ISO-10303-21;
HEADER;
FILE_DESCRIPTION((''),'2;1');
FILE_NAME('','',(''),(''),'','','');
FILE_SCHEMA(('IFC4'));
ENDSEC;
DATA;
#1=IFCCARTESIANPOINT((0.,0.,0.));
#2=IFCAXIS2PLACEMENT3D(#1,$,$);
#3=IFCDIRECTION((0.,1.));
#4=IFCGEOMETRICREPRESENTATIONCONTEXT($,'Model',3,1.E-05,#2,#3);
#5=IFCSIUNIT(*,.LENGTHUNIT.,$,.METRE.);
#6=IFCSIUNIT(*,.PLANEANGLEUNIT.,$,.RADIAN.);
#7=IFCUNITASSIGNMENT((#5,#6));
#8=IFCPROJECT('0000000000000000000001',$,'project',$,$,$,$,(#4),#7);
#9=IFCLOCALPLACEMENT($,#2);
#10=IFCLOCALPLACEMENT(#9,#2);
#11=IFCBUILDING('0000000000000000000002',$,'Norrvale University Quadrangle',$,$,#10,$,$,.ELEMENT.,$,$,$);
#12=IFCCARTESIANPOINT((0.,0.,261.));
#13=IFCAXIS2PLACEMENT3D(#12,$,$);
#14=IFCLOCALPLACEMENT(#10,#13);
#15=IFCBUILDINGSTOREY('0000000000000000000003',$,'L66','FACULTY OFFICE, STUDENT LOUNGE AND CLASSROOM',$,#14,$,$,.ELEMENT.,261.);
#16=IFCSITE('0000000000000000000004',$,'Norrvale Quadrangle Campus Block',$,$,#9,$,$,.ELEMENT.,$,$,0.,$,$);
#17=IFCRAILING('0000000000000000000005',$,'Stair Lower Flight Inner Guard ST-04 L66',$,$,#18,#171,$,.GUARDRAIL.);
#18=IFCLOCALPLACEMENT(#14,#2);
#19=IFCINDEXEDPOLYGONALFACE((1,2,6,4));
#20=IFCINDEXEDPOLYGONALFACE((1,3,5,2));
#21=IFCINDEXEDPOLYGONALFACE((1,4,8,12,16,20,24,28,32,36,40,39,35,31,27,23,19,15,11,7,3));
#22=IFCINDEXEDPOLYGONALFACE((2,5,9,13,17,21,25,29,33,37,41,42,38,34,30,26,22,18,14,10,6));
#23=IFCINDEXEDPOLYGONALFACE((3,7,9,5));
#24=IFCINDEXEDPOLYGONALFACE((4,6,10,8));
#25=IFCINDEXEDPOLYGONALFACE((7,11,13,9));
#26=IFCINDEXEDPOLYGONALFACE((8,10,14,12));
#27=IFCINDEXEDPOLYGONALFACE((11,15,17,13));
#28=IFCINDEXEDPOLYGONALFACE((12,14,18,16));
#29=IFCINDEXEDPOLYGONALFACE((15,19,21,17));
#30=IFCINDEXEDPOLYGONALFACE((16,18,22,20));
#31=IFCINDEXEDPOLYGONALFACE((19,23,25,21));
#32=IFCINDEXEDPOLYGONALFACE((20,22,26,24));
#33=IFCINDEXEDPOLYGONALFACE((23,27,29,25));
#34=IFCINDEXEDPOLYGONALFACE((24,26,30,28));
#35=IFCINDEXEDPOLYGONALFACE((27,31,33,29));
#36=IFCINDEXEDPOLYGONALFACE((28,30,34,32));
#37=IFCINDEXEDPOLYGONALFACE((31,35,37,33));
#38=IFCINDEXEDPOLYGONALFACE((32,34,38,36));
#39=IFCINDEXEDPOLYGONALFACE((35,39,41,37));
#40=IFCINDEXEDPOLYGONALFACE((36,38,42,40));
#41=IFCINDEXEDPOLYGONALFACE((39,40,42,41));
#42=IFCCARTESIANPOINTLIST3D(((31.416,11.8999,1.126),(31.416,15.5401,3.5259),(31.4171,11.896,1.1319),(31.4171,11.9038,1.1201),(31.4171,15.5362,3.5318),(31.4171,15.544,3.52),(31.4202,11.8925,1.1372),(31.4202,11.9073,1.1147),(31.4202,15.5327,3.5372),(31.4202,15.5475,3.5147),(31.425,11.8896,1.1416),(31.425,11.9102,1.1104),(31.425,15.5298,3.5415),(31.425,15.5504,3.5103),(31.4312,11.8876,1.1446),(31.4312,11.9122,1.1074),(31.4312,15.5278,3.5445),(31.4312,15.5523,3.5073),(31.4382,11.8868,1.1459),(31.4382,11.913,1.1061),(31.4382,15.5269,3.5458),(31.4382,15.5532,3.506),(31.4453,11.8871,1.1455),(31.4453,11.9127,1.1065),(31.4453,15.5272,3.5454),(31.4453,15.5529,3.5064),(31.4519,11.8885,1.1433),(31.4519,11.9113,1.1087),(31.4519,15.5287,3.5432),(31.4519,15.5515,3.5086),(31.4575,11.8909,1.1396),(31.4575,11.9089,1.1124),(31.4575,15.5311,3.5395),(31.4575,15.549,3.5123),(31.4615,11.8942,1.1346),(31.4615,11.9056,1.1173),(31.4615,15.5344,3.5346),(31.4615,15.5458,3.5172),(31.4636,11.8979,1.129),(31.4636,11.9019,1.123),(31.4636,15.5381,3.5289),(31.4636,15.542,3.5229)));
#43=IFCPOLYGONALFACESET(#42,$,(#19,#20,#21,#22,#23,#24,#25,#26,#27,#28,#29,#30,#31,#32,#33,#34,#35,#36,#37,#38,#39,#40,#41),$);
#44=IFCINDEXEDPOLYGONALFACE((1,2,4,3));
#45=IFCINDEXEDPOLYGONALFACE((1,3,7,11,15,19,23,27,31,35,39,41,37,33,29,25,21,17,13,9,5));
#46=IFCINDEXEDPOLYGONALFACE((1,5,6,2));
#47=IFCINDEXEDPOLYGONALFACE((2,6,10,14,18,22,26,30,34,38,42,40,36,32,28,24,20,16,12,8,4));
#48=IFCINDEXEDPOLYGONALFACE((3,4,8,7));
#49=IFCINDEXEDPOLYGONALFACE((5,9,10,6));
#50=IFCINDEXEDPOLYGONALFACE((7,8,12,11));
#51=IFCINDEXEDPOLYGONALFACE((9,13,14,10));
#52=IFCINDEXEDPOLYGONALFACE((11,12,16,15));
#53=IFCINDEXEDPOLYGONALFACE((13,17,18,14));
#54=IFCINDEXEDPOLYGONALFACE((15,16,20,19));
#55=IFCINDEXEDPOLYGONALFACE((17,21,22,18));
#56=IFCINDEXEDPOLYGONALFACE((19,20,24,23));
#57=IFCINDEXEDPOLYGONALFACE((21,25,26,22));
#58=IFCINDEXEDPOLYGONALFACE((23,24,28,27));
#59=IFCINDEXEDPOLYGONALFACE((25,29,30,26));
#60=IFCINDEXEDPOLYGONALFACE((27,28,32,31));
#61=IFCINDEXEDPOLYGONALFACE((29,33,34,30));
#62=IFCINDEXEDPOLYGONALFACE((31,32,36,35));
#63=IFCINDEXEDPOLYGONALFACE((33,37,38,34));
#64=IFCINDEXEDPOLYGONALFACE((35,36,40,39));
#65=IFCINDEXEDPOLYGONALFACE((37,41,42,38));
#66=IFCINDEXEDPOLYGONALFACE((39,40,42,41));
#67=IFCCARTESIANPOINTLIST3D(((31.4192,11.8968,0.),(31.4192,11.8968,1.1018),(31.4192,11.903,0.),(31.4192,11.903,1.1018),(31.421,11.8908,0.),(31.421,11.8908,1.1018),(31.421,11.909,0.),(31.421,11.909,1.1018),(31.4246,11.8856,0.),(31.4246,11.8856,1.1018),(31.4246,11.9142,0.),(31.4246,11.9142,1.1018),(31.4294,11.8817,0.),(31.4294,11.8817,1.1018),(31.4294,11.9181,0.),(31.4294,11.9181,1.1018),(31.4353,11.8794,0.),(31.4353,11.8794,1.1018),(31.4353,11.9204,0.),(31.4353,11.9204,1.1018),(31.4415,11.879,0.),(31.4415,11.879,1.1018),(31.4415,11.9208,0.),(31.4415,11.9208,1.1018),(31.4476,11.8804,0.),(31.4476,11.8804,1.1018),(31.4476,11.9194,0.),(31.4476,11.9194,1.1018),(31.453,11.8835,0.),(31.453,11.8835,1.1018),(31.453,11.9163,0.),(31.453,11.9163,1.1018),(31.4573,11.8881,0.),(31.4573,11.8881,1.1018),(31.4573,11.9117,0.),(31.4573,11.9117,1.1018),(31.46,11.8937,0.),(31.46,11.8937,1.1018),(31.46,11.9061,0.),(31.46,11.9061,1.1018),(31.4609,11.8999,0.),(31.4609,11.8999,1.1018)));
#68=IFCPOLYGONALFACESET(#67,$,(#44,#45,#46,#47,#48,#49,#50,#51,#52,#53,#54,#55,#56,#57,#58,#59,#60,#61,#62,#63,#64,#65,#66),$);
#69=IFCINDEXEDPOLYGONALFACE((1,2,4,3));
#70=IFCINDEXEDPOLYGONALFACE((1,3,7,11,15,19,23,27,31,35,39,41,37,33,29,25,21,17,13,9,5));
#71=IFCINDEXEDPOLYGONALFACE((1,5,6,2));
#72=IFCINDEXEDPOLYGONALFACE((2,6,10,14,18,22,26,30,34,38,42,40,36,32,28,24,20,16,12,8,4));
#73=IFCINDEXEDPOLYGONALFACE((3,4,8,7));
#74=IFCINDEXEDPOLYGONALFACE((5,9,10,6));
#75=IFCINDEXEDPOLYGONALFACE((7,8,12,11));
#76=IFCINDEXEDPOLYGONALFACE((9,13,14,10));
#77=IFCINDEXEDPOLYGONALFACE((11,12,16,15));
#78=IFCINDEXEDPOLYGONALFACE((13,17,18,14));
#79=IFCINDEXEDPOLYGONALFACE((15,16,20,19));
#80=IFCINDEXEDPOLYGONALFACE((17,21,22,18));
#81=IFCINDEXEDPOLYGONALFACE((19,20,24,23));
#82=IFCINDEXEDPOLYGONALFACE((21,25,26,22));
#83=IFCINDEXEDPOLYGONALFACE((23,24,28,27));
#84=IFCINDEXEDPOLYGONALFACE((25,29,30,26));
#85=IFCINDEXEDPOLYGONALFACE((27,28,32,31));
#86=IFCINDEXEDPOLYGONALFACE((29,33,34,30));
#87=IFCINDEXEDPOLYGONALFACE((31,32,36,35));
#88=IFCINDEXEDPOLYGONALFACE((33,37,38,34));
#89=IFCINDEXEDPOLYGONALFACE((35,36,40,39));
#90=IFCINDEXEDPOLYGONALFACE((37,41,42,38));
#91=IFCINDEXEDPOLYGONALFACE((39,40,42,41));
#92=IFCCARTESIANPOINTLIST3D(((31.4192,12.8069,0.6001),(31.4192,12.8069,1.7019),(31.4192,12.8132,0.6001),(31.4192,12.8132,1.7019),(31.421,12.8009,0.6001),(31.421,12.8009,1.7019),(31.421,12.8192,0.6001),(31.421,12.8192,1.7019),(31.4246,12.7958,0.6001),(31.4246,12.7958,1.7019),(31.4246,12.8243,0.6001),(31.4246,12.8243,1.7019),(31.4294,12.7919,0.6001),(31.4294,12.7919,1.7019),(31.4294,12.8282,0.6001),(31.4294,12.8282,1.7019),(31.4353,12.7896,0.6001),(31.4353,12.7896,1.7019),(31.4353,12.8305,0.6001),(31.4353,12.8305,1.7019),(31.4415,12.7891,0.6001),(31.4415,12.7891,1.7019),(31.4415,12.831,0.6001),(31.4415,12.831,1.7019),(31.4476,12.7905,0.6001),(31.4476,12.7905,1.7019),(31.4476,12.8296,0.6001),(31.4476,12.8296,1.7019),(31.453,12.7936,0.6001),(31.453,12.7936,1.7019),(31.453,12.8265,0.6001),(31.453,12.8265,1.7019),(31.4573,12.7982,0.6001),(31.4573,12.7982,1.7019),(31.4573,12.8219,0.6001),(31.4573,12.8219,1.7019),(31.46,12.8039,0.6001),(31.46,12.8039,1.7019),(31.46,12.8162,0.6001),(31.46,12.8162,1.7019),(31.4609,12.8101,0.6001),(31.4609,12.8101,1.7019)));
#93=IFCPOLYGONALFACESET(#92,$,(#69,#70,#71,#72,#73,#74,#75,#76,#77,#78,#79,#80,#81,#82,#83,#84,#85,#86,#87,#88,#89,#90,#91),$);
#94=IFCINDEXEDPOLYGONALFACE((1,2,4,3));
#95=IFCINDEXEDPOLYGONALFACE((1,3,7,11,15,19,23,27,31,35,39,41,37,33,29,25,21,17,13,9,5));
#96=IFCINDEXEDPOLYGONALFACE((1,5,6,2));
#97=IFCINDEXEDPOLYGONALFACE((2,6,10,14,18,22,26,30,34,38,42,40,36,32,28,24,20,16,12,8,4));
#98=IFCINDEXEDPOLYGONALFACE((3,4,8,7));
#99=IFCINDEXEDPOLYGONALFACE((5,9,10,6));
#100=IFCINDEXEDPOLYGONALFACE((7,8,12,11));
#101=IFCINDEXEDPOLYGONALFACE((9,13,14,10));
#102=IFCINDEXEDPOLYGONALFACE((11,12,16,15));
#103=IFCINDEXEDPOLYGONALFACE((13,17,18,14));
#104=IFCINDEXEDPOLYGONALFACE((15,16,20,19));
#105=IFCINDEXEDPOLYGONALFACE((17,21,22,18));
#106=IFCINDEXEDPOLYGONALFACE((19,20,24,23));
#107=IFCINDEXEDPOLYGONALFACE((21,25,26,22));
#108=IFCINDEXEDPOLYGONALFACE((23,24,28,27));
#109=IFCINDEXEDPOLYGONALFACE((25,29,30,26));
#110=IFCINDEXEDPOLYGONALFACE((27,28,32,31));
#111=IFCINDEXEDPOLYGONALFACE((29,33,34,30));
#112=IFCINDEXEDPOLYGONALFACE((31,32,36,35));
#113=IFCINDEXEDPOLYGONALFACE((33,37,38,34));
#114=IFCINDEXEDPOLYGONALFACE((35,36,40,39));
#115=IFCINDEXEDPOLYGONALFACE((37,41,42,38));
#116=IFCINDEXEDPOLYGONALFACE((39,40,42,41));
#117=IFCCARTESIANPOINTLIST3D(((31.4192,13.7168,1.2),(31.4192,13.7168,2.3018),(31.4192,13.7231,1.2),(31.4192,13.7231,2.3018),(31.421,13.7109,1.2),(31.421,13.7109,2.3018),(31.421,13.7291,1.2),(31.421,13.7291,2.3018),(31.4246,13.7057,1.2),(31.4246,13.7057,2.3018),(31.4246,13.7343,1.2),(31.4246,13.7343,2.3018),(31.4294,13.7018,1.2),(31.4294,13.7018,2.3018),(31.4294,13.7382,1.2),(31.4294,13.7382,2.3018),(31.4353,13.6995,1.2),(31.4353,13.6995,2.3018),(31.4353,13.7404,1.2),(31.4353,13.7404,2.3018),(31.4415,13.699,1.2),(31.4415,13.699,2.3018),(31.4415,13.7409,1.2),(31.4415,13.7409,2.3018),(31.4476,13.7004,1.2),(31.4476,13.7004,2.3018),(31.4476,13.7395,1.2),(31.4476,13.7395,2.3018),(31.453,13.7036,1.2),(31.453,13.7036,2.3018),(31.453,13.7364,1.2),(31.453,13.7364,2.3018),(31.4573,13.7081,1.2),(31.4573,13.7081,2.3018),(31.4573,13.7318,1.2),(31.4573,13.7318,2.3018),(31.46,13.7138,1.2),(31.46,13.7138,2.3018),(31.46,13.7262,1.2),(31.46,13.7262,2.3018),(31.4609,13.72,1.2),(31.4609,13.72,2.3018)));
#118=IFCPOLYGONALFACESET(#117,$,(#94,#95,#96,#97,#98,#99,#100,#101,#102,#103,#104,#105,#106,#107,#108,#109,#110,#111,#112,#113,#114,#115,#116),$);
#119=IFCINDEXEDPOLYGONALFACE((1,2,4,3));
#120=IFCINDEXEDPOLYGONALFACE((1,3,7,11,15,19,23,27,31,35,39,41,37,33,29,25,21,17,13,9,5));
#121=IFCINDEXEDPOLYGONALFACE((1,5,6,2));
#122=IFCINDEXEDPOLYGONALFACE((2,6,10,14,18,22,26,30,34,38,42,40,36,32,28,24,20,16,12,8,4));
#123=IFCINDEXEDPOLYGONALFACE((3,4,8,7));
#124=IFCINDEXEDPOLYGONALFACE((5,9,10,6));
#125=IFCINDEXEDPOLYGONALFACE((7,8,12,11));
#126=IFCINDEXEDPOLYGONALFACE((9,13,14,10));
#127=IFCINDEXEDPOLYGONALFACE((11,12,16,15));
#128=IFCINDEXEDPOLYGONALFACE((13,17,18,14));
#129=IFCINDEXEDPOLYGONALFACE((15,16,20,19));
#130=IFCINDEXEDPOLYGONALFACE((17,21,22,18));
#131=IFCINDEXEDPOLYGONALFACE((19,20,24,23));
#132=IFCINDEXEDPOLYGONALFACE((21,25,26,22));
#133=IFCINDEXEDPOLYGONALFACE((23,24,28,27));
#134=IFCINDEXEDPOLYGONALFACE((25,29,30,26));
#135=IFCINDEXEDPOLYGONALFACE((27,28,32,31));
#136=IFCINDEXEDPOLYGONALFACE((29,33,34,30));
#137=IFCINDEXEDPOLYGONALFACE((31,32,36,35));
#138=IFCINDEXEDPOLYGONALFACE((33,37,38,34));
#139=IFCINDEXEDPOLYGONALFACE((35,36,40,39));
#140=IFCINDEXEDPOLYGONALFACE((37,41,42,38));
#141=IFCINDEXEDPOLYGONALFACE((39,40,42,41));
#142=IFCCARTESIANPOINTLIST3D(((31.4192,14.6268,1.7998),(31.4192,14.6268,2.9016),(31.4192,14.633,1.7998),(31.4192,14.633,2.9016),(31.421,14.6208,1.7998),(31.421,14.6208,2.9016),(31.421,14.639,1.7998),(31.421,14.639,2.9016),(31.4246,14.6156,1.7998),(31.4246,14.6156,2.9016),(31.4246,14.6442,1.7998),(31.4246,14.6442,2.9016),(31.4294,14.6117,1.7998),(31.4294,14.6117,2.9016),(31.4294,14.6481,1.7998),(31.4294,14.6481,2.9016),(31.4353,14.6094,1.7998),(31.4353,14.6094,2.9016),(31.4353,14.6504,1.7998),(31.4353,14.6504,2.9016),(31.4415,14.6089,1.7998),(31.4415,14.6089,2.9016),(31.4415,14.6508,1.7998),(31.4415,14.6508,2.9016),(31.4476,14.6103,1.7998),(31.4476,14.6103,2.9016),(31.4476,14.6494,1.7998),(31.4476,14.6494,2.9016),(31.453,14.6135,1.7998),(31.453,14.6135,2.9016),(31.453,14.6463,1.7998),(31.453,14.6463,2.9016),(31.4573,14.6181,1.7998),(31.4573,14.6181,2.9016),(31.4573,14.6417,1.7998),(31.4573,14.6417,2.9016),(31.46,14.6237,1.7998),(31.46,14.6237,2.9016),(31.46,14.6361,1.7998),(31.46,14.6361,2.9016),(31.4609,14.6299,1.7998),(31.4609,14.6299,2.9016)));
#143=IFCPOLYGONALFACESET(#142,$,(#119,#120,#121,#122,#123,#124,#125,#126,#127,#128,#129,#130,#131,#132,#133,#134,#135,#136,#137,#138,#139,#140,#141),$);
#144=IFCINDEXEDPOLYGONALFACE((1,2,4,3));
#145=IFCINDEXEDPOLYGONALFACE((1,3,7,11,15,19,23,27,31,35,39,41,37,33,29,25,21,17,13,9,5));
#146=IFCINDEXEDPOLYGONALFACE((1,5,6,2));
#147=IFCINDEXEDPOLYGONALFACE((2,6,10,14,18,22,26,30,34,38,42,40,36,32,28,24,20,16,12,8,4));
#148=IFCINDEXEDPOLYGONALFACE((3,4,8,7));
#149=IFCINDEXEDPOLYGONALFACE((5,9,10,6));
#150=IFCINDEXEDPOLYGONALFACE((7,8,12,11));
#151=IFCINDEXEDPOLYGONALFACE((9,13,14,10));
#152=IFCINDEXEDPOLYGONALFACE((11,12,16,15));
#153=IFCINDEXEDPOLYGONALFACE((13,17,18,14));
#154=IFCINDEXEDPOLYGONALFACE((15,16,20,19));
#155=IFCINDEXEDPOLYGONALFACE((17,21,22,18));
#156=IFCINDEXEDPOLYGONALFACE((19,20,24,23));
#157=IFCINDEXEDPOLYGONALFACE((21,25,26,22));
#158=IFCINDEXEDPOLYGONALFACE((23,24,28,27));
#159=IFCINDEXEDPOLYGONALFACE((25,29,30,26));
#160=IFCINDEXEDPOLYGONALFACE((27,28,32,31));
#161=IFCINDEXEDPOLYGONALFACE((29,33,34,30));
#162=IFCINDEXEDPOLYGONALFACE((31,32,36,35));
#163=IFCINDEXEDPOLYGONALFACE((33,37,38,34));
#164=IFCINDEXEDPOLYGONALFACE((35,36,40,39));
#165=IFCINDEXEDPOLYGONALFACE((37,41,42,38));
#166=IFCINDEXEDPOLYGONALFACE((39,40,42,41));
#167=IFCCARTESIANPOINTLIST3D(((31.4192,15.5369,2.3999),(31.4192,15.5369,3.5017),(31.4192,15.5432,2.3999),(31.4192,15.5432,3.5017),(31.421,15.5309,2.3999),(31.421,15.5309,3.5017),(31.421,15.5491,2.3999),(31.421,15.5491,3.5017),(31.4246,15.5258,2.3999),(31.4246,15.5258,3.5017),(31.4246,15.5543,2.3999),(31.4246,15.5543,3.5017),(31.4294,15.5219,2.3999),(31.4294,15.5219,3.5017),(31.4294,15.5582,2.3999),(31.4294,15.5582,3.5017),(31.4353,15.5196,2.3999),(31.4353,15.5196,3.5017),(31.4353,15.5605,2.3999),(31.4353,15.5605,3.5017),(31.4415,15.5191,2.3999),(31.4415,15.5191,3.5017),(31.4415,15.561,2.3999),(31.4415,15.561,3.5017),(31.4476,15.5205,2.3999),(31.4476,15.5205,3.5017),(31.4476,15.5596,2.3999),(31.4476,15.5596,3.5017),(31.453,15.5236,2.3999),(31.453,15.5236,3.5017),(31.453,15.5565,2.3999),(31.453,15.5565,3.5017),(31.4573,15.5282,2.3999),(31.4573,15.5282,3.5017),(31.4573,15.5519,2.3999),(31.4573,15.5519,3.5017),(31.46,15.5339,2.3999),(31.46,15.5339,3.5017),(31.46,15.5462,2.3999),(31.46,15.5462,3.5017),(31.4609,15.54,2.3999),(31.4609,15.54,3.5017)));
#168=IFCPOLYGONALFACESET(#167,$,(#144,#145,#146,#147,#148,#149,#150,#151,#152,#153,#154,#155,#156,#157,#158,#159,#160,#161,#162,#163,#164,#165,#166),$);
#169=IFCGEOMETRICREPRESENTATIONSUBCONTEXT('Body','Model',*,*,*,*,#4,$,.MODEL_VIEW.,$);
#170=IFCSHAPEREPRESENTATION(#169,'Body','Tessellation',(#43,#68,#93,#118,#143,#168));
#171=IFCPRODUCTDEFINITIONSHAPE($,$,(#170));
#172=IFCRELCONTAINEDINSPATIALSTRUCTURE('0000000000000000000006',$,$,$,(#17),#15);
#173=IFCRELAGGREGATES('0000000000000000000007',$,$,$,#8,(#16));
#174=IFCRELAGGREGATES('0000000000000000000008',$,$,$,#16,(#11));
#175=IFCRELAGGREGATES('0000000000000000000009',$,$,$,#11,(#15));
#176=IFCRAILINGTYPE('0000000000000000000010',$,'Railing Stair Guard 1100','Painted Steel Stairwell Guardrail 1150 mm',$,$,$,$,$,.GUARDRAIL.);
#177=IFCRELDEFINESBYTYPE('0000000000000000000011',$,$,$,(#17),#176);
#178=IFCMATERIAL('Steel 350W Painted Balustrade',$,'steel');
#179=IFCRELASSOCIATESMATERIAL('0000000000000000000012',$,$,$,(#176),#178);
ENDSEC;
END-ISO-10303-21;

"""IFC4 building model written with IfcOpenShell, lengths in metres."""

from ifc_helpers import new_model, si_unit, direction, frame, origin, origin_2d, place, context, subcontext, project, spatial, circle, extrude, material, type_object, element, save


model = new_model("IFC4")

# Units and contexts
model_context = context("Model", 3, precision=1e-05, world=origin(), true_north=direction((0.0, 1.0)))
body_context = subcontext(model_context, "Body", "Model", "MODEL_VIEW")
ifc_project = project(units=[si_unit("LENGTHUNIT", "METRE"), si_unit("PLANEANGLEUNIT", "RADIAN")], contexts=[model_context])

# Site, building, storey
site_placement = place(None, origin())
site = spatial("IfcSite", under=ifc_project, at=site_placement, Name="Norrvale Quadrangle Campus Block", CompositionType="ELEMENT", RefElevation=0.0)
building_placement = place(site_placement, origin())
building = spatial("IfcBuilding", under=site, at=building_placement, Name="Norrvale University Quadrangle", CompositionType="ELEMENT")
storey_placement = place(building_placement, frame((0.0, 0.0, 261.0)))
storey = spatial("IfcBuildingStorey", under=building, at=storey_placement, Name="L66", Description="FACULTY OFFICE, STUDENT LOUNGE AND CLASSROOM", CompositionType="ELEMENT", Elevation=261.0)

# Railing
ifc_material_1 = material(Name="Steel 350W Painted Balustrade", Category="steel")
railing_type_1 = type_object("IfcRailingType", Name="Railing Stair Guard 1100", Description="Painted Steel Stairwell Guardrail 1150 mm", PredefinedType="GUARDRAIL", material=ifc_material_1)
railing_1_placement = place(storey_placement, frame((31.4399, 11.8999, 0.0)))
element("IfcRailing", 1, at=railing_1_placement, inside=storey, type_object=railing_type_1, Name="Stair Lower Flight Inner Guard ST-04 L66", PredefinedType="GUARDRAIL", context=body_context, shape_type="SweptSolid", body=[
    extrude(circle(Radius=0.0239, at=origin_2d()), frame((0.0, 0.0, 1.126), z_axis=(0.0, 0.834882, 0.550429), x_axis=(-1.0, 0.0, 0.0)), (0.0, 0.0, 1.0), 4.3601),
    extrude(circle(Radius=0.021, at=origin_2d()), origin(), (0.0, 0.0, 1.0), 1.1018),
    extrude(circle(Radius=0.021, at=origin_2d()), frame((0.0, 0.9102, 0.6001)), (0.0, 0.0, 1.0), 1.1018),
    extrude(circle(Radius=0.021, at=origin_2d()), frame((0.0, 1.8201, 1.2)), (0.0, 0.0, 1.0), 1.1018),
    extrude(circle(Radius=0.021, at=origin_2d()), frame((0.0, 2.73, 1.7998)), (0.0, 0.0, 1.0), 1.1018),
    extrude(circle(Radius=0.021, at=origin_2d()), frame((0.0, 3.6401, 2.3999)), (0.0, 0.0, 1.0), 1.1018),
])

save(model, "model.ifc")
